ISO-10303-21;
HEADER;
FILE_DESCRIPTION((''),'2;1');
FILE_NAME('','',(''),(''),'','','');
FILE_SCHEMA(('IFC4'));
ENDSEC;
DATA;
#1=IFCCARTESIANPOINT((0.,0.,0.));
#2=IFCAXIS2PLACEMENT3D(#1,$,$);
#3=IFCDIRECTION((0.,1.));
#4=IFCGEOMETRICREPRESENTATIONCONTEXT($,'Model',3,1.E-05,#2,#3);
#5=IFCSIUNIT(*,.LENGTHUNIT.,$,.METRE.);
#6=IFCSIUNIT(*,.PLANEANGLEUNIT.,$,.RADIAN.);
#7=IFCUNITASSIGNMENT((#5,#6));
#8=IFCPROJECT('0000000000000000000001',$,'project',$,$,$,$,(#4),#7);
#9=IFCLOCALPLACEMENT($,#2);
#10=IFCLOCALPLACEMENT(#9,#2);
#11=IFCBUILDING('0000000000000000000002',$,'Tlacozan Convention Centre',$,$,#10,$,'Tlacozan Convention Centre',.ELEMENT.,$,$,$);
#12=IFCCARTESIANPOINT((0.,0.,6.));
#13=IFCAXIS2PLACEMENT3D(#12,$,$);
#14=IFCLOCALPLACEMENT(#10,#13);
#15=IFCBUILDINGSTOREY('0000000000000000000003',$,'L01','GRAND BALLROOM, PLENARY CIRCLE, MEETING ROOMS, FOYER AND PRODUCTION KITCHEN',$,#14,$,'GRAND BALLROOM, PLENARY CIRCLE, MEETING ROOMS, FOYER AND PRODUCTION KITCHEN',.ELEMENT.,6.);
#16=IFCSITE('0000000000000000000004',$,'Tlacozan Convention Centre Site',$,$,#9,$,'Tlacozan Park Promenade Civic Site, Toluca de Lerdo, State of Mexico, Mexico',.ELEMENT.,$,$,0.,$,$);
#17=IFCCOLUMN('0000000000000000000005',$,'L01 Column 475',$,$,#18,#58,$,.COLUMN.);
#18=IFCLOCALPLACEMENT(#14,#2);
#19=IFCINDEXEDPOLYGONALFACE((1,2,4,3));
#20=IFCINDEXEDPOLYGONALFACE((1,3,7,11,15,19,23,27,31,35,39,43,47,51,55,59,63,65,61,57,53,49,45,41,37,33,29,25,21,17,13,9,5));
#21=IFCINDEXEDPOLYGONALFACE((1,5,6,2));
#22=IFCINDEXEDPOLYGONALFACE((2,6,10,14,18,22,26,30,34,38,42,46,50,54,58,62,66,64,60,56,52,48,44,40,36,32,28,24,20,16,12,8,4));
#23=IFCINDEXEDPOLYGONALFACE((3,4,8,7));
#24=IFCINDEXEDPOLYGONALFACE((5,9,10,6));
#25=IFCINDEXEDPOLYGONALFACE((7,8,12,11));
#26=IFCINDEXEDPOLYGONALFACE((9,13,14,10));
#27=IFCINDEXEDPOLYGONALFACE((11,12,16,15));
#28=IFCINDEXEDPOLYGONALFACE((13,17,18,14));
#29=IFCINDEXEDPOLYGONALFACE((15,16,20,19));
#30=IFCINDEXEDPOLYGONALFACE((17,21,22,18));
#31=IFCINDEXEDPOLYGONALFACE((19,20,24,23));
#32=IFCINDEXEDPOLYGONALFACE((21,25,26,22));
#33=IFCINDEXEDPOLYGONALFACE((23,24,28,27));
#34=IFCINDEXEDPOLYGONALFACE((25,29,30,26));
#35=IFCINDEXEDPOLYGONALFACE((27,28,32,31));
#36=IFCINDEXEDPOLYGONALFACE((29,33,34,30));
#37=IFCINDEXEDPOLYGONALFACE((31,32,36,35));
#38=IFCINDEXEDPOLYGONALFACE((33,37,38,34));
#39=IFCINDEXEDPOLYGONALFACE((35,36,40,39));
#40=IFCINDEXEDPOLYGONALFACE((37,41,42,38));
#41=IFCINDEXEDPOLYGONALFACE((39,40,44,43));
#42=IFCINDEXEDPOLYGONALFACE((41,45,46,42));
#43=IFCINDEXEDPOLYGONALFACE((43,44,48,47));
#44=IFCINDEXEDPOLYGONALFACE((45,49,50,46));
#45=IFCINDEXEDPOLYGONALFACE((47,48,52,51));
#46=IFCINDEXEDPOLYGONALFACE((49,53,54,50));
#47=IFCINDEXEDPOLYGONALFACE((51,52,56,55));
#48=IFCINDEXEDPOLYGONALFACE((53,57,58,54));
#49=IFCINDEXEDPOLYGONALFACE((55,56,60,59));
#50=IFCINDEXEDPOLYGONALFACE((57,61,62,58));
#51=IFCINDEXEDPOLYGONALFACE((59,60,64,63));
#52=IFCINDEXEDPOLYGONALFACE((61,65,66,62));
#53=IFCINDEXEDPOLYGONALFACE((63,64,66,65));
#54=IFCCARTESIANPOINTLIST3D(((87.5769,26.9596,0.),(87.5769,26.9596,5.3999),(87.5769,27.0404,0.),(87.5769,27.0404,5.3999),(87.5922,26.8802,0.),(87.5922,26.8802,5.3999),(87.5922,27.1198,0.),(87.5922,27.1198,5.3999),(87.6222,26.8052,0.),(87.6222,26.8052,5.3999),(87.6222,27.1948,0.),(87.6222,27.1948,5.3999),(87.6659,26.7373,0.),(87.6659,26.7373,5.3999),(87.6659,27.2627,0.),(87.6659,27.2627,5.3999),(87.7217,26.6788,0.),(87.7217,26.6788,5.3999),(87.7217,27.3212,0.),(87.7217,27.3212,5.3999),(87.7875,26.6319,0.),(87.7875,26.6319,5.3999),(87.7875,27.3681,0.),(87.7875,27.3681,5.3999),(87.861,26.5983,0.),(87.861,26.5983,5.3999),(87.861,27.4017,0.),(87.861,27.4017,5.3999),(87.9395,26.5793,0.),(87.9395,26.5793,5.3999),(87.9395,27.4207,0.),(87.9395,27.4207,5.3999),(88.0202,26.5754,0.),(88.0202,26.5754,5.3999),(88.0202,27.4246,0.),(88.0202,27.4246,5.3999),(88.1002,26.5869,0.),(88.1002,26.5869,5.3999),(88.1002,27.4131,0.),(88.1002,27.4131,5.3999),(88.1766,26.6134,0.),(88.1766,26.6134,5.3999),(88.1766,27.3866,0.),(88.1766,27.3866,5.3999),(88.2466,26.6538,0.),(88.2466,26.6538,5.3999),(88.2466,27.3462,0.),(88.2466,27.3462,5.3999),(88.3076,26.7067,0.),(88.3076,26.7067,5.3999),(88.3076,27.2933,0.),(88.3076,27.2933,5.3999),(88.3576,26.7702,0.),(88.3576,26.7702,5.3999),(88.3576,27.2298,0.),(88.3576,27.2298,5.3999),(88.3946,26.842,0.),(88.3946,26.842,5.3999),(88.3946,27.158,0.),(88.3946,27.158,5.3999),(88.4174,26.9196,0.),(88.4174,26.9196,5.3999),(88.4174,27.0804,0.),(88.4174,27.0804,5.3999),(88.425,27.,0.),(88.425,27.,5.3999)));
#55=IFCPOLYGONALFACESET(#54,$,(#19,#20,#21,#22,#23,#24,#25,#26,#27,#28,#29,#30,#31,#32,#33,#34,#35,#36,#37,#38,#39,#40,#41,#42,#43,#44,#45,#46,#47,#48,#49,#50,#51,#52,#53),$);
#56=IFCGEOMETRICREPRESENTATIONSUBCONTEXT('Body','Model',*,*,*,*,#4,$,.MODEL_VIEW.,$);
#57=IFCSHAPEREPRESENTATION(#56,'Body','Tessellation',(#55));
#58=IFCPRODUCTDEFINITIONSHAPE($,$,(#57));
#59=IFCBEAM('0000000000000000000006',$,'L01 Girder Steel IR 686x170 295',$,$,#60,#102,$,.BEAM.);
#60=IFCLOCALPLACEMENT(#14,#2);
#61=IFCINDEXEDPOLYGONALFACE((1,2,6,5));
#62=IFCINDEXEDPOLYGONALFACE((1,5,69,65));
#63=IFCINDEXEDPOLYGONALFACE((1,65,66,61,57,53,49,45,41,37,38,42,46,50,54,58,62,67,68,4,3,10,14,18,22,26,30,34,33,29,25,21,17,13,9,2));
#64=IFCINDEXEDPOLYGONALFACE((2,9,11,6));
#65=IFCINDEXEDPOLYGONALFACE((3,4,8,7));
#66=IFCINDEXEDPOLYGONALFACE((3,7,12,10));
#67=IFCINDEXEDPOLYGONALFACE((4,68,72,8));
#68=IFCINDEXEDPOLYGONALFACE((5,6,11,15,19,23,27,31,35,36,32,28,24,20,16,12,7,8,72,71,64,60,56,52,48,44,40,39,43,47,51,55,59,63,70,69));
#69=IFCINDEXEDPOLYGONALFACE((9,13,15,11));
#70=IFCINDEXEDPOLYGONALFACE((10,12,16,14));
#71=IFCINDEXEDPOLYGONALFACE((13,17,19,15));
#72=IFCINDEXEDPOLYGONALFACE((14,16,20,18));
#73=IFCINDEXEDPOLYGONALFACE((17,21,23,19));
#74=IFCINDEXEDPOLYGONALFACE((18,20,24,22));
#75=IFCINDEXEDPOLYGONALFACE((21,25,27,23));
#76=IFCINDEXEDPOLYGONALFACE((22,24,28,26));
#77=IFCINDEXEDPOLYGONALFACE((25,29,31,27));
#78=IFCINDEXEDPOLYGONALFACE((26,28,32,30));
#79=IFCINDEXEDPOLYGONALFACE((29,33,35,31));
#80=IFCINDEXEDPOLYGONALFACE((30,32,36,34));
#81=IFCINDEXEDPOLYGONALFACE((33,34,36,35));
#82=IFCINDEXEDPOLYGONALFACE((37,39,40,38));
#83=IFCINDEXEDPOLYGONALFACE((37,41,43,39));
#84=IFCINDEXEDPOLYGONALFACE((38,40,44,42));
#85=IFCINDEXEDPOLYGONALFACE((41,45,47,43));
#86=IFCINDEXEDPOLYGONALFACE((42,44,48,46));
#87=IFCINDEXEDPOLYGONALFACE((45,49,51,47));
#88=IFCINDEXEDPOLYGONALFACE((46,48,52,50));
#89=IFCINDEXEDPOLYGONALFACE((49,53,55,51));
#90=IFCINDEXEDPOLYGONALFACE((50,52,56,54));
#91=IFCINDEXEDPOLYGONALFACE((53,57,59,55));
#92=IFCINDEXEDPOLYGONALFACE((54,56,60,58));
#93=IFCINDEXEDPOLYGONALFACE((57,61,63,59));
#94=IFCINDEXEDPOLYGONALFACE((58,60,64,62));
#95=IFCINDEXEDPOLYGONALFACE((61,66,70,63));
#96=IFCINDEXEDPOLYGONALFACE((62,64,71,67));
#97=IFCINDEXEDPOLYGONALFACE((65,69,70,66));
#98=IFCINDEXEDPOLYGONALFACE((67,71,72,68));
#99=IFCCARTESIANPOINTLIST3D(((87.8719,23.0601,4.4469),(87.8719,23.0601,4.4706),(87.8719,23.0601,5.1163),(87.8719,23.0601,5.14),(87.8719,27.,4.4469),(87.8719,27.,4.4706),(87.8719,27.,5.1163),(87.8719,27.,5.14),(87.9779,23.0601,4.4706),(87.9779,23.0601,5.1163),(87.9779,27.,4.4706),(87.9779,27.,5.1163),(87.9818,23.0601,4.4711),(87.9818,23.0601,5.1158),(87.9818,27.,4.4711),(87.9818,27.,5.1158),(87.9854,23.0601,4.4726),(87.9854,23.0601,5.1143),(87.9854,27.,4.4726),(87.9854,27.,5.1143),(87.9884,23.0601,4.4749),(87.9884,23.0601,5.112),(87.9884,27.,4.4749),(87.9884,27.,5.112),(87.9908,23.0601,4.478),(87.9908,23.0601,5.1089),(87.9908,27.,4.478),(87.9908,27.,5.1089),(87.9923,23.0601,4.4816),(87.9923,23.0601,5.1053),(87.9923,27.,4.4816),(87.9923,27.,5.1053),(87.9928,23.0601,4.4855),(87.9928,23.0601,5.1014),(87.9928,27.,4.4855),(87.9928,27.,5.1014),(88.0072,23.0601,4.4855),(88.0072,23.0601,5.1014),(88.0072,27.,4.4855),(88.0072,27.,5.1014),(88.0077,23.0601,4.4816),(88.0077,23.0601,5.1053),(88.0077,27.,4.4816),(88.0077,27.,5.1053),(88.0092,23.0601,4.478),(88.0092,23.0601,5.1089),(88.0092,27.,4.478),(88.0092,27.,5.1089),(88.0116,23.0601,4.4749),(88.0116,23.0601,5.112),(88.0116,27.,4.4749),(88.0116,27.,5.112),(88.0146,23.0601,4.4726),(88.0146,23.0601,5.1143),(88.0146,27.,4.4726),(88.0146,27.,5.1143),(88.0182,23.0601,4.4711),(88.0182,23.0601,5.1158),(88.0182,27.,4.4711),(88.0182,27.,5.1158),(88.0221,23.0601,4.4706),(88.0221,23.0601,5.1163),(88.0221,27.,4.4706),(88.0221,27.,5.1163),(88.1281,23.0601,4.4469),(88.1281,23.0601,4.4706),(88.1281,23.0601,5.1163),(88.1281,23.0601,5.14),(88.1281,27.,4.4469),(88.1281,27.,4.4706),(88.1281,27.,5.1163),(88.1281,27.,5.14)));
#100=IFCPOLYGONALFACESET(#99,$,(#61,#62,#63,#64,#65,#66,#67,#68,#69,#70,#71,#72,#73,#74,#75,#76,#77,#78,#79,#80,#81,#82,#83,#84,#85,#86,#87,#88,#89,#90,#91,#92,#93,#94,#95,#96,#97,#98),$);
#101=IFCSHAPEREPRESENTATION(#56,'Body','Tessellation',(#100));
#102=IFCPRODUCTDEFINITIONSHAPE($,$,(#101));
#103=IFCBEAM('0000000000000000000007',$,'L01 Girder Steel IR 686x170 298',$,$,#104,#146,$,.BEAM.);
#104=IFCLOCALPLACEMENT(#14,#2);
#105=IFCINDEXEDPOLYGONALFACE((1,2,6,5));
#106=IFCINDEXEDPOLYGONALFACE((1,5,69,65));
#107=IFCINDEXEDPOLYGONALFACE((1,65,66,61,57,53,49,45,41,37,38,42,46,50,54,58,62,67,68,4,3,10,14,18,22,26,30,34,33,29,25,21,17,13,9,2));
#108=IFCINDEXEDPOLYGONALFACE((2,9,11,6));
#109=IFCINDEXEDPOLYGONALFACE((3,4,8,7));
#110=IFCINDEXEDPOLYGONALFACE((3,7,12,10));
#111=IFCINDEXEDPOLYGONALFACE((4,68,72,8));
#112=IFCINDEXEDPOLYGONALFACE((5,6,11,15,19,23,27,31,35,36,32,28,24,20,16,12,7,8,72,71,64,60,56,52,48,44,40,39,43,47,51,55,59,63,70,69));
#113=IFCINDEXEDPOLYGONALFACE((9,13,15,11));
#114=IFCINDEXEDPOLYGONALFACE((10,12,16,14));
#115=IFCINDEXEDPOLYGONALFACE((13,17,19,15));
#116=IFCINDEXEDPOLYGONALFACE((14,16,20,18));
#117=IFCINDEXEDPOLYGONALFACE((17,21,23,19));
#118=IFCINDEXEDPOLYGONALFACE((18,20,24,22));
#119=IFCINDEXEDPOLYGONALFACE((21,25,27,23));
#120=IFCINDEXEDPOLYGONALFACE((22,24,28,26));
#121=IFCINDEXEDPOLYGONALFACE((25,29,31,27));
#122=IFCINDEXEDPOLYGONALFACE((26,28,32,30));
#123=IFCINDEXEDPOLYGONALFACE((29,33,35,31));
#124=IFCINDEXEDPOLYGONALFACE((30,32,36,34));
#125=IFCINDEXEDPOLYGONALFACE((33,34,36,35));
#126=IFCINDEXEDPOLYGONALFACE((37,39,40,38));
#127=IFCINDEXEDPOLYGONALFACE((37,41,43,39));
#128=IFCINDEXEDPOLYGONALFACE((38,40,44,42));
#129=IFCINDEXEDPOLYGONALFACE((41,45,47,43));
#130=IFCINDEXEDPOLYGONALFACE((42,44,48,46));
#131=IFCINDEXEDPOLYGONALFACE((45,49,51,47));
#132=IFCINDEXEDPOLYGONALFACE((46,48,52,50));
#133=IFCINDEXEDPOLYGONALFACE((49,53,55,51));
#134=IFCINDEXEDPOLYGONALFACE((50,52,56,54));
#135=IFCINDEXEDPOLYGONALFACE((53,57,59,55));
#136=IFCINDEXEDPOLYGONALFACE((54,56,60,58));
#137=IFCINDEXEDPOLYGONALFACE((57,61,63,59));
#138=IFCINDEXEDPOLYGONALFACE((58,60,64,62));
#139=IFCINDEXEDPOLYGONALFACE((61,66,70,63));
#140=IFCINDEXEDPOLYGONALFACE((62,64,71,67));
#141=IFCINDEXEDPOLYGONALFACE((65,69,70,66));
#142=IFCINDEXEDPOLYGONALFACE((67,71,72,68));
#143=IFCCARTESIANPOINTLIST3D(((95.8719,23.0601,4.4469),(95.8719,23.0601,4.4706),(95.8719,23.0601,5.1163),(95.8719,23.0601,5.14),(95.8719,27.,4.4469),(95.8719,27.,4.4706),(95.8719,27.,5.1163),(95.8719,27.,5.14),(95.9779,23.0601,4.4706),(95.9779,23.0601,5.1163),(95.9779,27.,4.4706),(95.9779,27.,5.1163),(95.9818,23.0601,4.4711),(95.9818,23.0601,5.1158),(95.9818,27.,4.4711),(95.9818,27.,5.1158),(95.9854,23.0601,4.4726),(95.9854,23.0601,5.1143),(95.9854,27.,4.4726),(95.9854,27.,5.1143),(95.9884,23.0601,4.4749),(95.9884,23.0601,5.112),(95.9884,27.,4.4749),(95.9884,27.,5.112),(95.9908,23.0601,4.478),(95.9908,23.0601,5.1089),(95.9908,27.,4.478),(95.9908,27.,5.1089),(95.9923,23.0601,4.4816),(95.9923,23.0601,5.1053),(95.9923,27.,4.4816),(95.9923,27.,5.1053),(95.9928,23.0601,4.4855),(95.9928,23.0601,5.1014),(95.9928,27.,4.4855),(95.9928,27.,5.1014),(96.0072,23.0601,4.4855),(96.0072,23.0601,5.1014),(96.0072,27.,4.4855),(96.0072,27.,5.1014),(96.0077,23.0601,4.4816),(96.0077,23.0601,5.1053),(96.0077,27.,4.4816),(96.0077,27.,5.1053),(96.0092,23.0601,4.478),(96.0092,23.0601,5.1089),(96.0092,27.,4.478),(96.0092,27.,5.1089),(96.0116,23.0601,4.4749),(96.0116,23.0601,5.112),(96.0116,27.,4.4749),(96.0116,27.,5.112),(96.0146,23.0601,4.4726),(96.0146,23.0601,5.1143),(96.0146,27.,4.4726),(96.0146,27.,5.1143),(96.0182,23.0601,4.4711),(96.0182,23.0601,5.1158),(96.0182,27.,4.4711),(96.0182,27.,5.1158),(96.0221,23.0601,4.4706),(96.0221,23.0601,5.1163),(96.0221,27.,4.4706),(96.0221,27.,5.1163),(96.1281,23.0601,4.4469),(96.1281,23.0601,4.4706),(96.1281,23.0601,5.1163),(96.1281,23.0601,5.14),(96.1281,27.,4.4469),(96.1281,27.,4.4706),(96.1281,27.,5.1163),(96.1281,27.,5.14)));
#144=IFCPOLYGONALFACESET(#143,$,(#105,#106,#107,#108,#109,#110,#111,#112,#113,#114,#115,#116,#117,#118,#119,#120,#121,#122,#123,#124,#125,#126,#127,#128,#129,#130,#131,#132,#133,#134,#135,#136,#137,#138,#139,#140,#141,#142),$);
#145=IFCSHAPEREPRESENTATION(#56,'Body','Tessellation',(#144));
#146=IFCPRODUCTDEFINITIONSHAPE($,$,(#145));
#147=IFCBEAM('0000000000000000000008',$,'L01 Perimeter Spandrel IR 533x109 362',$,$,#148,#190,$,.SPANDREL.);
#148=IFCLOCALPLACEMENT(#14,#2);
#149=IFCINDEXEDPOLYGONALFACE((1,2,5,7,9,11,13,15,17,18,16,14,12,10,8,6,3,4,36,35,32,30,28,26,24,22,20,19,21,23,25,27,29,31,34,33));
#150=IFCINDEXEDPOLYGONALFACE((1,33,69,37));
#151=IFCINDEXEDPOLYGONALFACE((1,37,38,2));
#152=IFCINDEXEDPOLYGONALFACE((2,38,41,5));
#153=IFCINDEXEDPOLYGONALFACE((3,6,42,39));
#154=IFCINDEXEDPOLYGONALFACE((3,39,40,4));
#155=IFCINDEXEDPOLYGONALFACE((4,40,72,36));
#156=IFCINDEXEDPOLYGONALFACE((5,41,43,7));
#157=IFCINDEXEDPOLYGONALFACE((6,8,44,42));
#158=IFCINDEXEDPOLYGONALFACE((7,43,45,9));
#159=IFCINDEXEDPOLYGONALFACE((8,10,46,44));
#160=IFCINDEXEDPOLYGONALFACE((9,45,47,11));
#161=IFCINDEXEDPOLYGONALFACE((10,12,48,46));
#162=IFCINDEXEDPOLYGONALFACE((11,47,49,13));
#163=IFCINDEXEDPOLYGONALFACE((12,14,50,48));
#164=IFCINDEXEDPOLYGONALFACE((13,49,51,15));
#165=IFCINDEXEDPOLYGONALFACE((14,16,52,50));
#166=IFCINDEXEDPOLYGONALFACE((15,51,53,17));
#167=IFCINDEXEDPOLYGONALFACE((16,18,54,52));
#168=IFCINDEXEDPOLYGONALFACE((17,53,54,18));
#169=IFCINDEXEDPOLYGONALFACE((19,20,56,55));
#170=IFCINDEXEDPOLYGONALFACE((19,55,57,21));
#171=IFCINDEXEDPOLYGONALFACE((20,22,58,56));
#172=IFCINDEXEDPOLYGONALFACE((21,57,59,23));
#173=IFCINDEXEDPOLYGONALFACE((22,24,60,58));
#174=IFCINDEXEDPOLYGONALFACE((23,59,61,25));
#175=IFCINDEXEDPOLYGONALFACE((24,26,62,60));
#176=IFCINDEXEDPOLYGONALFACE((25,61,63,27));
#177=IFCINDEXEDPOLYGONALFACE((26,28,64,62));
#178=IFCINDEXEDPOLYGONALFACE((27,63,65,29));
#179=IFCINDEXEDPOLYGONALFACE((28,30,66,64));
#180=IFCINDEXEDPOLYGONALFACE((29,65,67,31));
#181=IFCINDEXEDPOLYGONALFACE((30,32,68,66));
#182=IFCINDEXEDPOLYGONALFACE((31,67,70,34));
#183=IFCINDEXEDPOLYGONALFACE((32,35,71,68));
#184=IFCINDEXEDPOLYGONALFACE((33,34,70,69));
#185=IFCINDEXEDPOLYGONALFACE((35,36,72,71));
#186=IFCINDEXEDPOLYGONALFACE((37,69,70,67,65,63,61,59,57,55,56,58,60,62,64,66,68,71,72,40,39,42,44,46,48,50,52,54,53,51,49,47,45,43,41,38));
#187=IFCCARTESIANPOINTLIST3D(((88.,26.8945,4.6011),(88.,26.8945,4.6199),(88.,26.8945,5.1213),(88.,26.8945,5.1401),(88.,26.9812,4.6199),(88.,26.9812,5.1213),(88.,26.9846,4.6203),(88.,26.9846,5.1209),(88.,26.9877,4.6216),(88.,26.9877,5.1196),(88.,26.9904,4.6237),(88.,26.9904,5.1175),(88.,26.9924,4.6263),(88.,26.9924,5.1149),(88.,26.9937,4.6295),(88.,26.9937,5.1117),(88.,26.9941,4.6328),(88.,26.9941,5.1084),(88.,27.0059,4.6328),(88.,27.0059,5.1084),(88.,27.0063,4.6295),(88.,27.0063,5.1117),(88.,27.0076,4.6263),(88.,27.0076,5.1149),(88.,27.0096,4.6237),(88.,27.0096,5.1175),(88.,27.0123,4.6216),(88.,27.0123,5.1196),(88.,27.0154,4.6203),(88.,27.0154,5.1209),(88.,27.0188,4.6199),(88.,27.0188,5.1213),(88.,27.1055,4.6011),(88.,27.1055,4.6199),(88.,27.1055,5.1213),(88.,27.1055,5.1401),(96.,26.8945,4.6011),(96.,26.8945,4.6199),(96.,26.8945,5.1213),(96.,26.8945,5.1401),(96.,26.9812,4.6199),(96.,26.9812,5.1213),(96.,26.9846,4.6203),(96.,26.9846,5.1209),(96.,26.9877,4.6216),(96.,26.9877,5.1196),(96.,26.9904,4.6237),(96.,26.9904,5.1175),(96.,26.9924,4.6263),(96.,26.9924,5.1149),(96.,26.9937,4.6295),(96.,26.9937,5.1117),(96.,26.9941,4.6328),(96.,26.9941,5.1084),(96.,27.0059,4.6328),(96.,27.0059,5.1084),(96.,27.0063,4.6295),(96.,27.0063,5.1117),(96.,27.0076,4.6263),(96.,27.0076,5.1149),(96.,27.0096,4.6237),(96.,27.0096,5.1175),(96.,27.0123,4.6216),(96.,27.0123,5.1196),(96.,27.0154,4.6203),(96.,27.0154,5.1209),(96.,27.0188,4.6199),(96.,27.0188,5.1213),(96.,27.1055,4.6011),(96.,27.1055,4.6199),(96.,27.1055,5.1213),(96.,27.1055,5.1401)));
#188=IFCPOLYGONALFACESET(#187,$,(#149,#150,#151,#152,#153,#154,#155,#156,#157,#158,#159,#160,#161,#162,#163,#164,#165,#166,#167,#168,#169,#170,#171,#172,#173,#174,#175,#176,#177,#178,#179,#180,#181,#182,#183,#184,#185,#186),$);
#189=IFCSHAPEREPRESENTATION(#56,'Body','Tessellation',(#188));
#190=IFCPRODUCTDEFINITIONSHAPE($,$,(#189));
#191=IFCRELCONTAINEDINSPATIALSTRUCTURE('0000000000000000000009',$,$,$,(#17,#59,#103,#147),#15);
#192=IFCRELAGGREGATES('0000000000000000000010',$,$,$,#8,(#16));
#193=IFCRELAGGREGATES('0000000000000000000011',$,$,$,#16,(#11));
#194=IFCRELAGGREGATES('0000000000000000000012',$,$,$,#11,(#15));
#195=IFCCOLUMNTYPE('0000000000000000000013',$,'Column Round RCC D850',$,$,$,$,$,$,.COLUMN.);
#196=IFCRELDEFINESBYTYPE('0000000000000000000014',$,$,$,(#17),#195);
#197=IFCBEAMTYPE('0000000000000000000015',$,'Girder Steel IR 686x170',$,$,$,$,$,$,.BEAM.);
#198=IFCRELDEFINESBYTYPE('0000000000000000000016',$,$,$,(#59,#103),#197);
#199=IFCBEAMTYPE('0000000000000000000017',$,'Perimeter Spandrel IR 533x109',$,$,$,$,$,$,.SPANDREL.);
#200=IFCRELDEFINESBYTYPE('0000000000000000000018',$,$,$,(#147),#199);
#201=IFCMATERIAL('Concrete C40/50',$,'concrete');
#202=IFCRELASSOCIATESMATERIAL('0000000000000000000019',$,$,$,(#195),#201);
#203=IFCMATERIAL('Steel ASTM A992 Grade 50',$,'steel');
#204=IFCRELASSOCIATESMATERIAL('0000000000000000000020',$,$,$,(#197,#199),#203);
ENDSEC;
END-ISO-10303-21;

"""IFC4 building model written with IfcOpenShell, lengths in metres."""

from ifc_helpers import new_model, si_unit, direction, frame, origin, origin_2d, place, context, subcontext, project, spatial, circle, i_section, extrude, material, material_profile, profile_set, type_object, element, save


model = new_model("IFC4")

# Units and contexts
model_context = context("Model", 3, precision=1e-05, world=origin(), true_north=direction((0.0, 1.0)))
body_context = subcontext(model_context, "Body", "Model", "MODEL_VIEW")
ifc_project = project(units=[si_unit("LENGTHUNIT", "METRE"), si_unit("PLANEANGLEUNIT", "RADIAN")], contexts=[model_context])

# Site, building, storey
site_placement = place(None, origin())
site = spatial("IfcSite", under=ifc_project, at=site_placement, Name="Tlacozan Convention Centre Site", LongName="Tlacozan Park Promenade Civic Site, Toluca de Lerdo, State of Mexico, Mexico", CompositionType="ELEMENT", RefElevation=0.0)
building_placement = place(site_placement, origin())
building = spatial("IfcBuilding", under=site, at=building_placement, Name="Tlacozan Convention Centre", LongName="Tlacozan Convention Centre", CompositionType="ELEMENT")
storey_placement = place(building_placement, frame((0.0, 0.0, 6.0)))
storey = spatial("IfcBuildingStorey", under=building, at=storey_placement, Name="L01", Description="GRAND BALLROOM, PLENARY CIRCLE, MEETING ROOMS, FOYER AND PRODUCTION KITCHEN", LongName="GRAND BALLROOM, PLENARY CIRCLE, MEETING ROOMS, FOYER AND PRODUCTION KITCHEN", CompositionType="ELEMENT", Elevation=6.0)

# Column
ifc_material_1 = material(Name="Concrete C40/50", Category="concrete")
ifc_material_profile_1 = material_profile(ifc_material_1, circle(Radius=0.425, at=origin_2d()), Name="RCC D850")
ifc_profile_set_1 = profile_set([ifc_material_profile_1], Name="Concrete C40/50")
column_type = type_object("IfcColumnType", Name="Column Round RCC D850", PredefinedType="COLUMN", material=ifc_profile_set_1)
column_placement = place(storey_placement, frame((88.0, 27.0, 0.0), z_axis=(0.0, 0.0, 1.0), x_axis=(1.0, 0.0, 0.0)))
element("IfcColumn", 1, at=column_placement, inside=storey, type_object=column_type, Name="L01 Column 475", PredefinedType="COLUMN", context=body_context, shape_type="SweptSolid", body=[
    extrude(circle(Radius=0.425, at=origin_2d()), origin(), (0.0, 0.0, 1.0), 5.3999),
])

# Beams
ifc_material_2 = material(Name="Steel ASTM A992 Grade 50", Category="steel")
ifc_material_profile_2 = material_profile(ifc_material_2, i_section(OverallWidth=0.2561, OverallDepth=0.6931, WebThickness=0.0144, FlangeThickness=0.0237, FilletRadius=0.0149, at=origin_2d()), Name="IR 686x170.0")
ifc_profile_set_2 = profile_set([ifc_material_profile_2], Name="Steel ASTM A992 Grade 50")
beam_type_1 = type_object("IfcBeamType", Name="Girder Steel IR 686x170", PredefinedType="BEAM", material=ifc_profile_set_2)
for number, where, z_axis, x_axis, name in (
    (2, (88.0, 23.0601, 4.7935), (0.0, 1.0, 0.0), (-1.0, 0.0, 0.0), "L01 Girder Steel IR 686x170 295"),
    (3, (96.0, 23.0601, 4.7935), (0.0, 1.0, 0.0), (-1.0, 0.0, 0.0), "L01 Girder Steel IR 686x170 298"),
):
    element("IfcBeam", number, at=place(storey_placement, frame(where, z_axis=z_axis, x_axis=x_axis)), inside=storey, type_object=beam_type_1, Name=name, PredefinedType="BEAM", context=body_context, shape_type="SweptSolid", body=[
        extrude(i_section(OverallWidth=0.2561, OverallDepth=0.6931, WebThickness=0.0144, FlangeThickness=0.0237, FilletRadius=0.0149, at=origin_2d()), origin(), (0.0, 0.0, 1.0), 3.9399),
    ])
ifc_material_profile_3 = material_profile(ifc_material_2, i_section(OverallWidth=0.2109, OverallDepth=0.5391, WebThickness=0.0117, FlangeThickness=0.0188, FilletRadius=0.0129, at=origin_2d()), Name="IR 533x109.0")
ifc_profile_set_3 = profile_set([ifc_material_profile_3], Name="Steel ASTM A992 Grade 50")
beam_type_2 = type_object("IfcBeamType", Name="Perimeter Spandrel IR 533x109", PredefinedType="SPANDREL", material=ifc_profile_set_3)
beam_1_placement = place(storey_placement, frame((88.0, 27.0, 4.8706), z_axis=(1.0, 0.0, 0.0), x_axis=(0.0, 1.0, 0.0)))
element("IfcBeam", 4, at=beam_1_placement, inside=storey, type_object=beam_type_2, Name="L01 Perimeter Spandrel IR 533x109 362", PredefinedType="SPANDREL", context=body_context, shape_type="SweptSolid", body=[
    extrude(i_section(OverallWidth=0.2109, OverallDepth=0.5391, WebThickness=0.0117, FlangeThickness=0.0188, FilletRadius=0.0129, at=origin_2d()), origin(), (0.0, 0.0, 1.0), 8.0),
])

save(model, "model.ifc")
